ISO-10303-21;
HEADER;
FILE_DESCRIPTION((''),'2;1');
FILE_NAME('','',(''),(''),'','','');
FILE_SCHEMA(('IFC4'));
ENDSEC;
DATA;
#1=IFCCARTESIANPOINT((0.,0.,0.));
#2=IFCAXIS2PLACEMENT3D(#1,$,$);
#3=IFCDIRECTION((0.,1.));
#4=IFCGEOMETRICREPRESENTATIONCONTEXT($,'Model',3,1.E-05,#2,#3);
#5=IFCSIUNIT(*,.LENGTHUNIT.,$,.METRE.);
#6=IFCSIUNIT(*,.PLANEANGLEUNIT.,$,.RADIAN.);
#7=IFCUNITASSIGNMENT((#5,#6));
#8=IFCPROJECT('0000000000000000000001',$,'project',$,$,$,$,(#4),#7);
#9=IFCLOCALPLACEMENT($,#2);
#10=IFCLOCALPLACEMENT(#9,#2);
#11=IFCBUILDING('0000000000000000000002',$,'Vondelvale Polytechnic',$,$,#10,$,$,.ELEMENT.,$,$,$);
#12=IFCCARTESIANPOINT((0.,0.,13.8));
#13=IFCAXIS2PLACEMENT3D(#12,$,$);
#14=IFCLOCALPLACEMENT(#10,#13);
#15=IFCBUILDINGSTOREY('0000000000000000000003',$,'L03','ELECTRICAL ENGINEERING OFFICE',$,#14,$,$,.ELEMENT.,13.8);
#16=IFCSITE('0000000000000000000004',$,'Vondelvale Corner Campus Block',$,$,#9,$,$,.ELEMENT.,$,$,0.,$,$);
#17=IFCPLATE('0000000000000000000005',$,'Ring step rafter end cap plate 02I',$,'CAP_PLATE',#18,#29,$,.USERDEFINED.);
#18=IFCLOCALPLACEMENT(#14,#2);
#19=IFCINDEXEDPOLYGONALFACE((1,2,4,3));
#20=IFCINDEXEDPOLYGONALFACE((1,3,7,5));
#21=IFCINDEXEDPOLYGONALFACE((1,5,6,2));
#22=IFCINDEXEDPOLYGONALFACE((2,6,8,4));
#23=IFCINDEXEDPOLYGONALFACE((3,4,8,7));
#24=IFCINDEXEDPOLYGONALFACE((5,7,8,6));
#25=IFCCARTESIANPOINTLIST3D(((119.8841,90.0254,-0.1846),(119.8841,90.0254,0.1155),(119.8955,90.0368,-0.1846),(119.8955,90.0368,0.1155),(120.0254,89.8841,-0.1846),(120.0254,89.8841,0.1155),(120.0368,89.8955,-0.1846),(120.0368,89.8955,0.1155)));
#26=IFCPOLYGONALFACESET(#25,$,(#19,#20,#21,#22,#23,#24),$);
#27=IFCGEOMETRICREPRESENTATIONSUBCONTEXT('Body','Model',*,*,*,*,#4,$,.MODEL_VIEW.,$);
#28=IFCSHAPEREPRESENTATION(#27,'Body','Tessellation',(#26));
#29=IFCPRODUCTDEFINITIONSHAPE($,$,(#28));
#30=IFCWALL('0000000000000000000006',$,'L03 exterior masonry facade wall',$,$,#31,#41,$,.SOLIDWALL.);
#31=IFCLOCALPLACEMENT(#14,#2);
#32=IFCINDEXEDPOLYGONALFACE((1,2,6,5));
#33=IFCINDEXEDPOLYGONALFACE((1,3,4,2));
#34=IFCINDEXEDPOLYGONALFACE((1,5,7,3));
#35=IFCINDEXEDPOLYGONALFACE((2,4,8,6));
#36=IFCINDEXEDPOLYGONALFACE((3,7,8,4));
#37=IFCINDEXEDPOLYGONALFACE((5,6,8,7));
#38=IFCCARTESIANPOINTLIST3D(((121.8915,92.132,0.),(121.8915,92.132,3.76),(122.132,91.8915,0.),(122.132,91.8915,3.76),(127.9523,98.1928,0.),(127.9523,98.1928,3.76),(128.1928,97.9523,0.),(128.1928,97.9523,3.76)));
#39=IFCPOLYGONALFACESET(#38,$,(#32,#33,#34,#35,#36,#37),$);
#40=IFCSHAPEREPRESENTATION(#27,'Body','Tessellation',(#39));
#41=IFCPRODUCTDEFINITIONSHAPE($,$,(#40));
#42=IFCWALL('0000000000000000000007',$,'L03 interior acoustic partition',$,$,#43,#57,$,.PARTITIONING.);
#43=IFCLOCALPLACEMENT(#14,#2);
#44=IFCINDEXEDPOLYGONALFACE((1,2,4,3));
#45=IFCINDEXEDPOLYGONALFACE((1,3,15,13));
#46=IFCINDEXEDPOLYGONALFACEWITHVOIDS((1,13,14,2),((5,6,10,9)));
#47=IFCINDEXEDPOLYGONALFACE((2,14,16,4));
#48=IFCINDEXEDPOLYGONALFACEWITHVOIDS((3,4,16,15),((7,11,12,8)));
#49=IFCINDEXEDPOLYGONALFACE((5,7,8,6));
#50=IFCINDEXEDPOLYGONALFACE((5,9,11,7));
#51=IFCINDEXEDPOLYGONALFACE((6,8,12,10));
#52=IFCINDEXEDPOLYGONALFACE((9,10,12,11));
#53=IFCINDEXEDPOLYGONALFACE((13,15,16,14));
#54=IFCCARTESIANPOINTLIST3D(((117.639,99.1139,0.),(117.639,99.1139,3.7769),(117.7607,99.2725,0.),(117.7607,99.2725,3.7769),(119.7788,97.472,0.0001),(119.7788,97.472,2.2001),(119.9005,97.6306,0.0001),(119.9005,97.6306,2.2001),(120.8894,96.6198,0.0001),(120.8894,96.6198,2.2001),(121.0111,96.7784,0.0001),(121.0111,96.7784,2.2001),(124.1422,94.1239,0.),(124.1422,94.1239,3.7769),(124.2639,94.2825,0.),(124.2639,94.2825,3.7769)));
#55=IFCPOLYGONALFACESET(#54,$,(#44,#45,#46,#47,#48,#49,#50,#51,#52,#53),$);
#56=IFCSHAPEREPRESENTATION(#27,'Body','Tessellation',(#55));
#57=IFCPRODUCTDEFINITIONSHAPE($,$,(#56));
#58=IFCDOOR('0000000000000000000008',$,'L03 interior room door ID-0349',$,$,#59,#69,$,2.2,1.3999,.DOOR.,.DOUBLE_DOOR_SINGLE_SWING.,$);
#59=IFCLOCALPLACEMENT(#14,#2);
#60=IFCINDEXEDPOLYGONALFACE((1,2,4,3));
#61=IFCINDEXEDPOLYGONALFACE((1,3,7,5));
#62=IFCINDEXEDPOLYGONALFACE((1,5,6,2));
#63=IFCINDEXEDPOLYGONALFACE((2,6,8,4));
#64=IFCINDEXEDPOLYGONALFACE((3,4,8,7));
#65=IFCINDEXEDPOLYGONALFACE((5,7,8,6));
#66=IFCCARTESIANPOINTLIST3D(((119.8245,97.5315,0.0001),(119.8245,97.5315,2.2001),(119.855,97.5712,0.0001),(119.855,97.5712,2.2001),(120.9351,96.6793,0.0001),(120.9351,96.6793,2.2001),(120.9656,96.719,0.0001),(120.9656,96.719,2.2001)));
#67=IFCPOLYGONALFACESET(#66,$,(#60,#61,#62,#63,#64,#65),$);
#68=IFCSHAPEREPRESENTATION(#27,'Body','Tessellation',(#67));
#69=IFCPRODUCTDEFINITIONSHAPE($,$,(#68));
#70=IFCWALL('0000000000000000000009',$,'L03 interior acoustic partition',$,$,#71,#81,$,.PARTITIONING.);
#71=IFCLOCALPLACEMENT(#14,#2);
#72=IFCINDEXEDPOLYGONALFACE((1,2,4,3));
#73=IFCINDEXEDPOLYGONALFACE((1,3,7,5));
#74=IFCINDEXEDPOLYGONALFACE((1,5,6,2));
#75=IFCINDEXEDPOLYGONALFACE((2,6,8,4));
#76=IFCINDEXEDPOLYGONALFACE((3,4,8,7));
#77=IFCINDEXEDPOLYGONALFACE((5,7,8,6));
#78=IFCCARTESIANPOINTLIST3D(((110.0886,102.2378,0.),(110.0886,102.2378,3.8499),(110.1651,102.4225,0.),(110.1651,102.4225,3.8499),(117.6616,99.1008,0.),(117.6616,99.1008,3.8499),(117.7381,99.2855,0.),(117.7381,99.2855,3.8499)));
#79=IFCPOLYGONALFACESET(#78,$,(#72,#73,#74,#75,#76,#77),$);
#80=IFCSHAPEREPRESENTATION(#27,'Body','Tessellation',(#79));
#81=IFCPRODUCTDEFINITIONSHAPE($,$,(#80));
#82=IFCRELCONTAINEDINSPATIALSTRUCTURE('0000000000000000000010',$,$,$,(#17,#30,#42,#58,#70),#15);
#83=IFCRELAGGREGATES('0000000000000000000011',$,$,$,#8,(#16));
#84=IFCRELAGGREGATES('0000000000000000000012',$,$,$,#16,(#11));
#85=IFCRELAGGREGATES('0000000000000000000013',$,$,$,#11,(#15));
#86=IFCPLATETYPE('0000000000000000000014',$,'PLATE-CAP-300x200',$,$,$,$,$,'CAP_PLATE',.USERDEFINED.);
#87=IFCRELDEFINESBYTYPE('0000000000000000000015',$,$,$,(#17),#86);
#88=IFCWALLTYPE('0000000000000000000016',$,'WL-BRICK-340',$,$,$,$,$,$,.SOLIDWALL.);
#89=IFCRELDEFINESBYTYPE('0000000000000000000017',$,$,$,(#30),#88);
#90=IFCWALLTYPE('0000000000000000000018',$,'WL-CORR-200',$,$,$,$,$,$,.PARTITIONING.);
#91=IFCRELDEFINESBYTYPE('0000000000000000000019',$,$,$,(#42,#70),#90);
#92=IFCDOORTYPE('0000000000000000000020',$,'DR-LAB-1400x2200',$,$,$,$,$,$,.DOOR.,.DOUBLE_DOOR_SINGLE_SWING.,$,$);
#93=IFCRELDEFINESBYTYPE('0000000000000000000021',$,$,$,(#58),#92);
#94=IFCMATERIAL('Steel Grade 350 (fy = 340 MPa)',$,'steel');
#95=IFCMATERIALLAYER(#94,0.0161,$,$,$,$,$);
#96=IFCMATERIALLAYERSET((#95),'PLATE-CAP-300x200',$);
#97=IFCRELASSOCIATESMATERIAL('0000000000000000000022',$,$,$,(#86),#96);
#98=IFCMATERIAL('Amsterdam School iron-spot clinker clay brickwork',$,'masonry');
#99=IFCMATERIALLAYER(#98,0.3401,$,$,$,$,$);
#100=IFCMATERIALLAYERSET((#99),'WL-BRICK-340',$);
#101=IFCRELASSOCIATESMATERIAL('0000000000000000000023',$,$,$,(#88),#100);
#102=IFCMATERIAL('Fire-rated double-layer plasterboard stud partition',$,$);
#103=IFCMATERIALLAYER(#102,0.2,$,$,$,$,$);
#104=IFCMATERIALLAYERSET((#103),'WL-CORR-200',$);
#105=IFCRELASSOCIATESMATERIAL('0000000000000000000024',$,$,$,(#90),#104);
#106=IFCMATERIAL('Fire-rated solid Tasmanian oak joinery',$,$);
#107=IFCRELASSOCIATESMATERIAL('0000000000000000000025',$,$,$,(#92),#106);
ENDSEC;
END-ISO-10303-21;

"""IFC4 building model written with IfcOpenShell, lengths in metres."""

from ifc_helpers import new_model, si_unit, direction, frame, frame_2d, origin, origin_2d, place, context, subcontext, project, spatial, rectangle, extrude, material, layer, layer_set, type_object, element, fill, save


model = new_model("IFC4")

# Units and contexts
model_context = context("Model", 3, precision=1e-05, world=origin(), true_north=direction((0.0, 1.0)))
body_context = subcontext(model_context, "Body", "Model", "MODEL_VIEW")
ifc_project = project(units=[si_unit("LENGTHUNIT", "METRE"), si_unit("PLANEANGLEUNIT", "RADIAN")], contexts=[model_context])

# Site, building, storey
site_placement = place(None, origin())
site = spatial("IfcSite", under=ifc_project, at=site_placement, Name="Vondelvale Corner Campus Block", CompositionType="ELEMENT", RefElevation=0.0)
building_placement = place(site_placement, origin())
building = spatial("IfcBuilding", under=site, at=building_placement, Name="Vondelvale Polytechnic", CompositionType="ELEMENT")
storey_placement = place(building_placement, frame((0.0, 0.0, 13.8)))
storey = spatial("IfcBuildingStorey", under=building, at=storey_placement, Name="L03", Description="ELECTRICAL ENGINEERING OFFICE", CompositionType="ELEMENT", Elevation=13.8)

# Plate
ifc_material_1 = material(Name="Steel Grade 350 (fy = 340 MPa)", Category="steel")
ifc_layer_1 = layer(ifc_material_1, 0.0161)
ifc_layer_set_1 = layer_set([ifc_layer_1], Name="PLATE-CAP-300x200")
plate_type_1 = type_object("IfcPlateType", Name="PLATE-CAP-300x200", ElementType="CAP_PLATE", PredefinedType="USERDEFINED", material=ifc_layer_set_1)
plate_1_placement = place(storey_placement, frame((119.9604, 89.9604, -0.1846), z_axis=(0.0, 0.0, 1.0), x_axis=(-0.707107, -0.707107, 0.0)))
element("IfcPlate", 1, at=plate_1_placement, inside=storey, type_object=plate_type_1, Name="Ring step rafter end cap plate 02I", ObjectType="CAP_PLATE", PredefinedType="USERDEFINED", context=body_context, shape_type="SweptSolid", body=[
    extrude(rectangle(XDim=0.0161, YDim=0.2, at=origin_2d()), origin(), (0.0, 0.0, 1.0), 0.3),
])

# Wall
ifc_material_2 = material(Name="Amsterdam School iron-spot clinker clay brickwork", Category="masonry")
ifc_layer_2 = layer(ifc_material_2, 0.3401)
ifc_layer_set_2 = layer_set([ifc_layer_2], Name="WL-BRICK-340")
wall_type_1 = type_object("IfcWallType", Name="WL-BRICK-340", PredefinedType="SOLIDWALL", material=ifc_layer_set_2)
wall_1_placement = place(storey_placement, frame((122.0117, 92.0117, 0.0), z_axis=(0.0, 0.0, 1.0), x_axis=(0.707107, 0.707107, 0.0)))
element("IfcWall", 2, at=wall_1_placement, inside=storey, type_object=wall_type_1, Name="L03 exterior masonry facade wall", PredefinedType="SOLIDWALL", context=body_context, shape_type="SweptSolid", body=[
    extrude(rectangle(XDim=8.5713, YDim=0.3401, at=frame_2d((4.2856, 0.0))), origin(), (0.0, 0.0, 1.0), 3.76),
])

# Wall, opening, door
ifc_material_3 = material(Name="Fire-rated double-layer plasterboard stud partition")
ifc_layer_3 = layer(ifc_material_3, 0.2)
ifc_layer_set_3 = layer_set([ifc_layer_3], Name="WL-CORR-200")
wall_type_2 = type_object("IfcWallType", Name="WL-CORR-200", PredefinedType="PARTITIONING", material=ifc_layer_set_3)
wall_2_placement = place(storey_placement, frame((124.2031, 94.2031, 0.0), z_axis=(0.0, 0.0, 1.0), x_axis=(-0.793357, 0.608756, 0.0)))
wall_2 = element("IfcWall", 3, at=wall_2_placement, inside=storey, type_object=wall_type_2, Name="L03 interior acoustic partition", PredefinedType="PARTITIONING", context=body_context, shape_type="SweptSolid", body=[
    extrude(rectangle(XDim=8.197, YDim=0.2, at=frame_2d((4.0986, 0.0))), origin(), (0.0, 0.0, 1.0), 3.7769),
])
opening_placement = place(wall_2_placement, frame((4.1001, 0.0, 0.0)))
opening = element("IfcOpeningElement", 4, at=opening_placement, cuts=wall_2, PredefinedType="OPENING", context=body_context, shape_type="SweptSolid", body=[
    extrude(rectangle(XDim=1.3999, YDim=2.2, at=frame_2d((0.7, 1.1001))), frame((0.0, 0.1099, 0.0), z_axis=(0.0, -1.0, 0.0), x_axis=(1.0, 0.0, 0.0)), (0.0, 0.0, 1.0), 0.22),
])
ifc_material_4 = material(Name="Fire-rated solid Tasmanian oak joinery")
door_type = type_object("IfcDoorType", Name="DR-LAB-1400x2200", OperationType="DOUBLE_DOOR_SINGLE_SWING", PredefinedType="DOOR", material=ifc_material_4)
door_placement = place(opening_placement, origin())
door = element("IfcDoor", 5, at=door_placement, inside=storey, type_object=door_type, Name="L03 interior room door ID-0349", OperationType="DOUBLE_DOOR_SINGLE_SWING", OverallHeight=2.2, OverallWidth=1.3999, PredefinedType="DOOR", context=body_context, shape_type="SweptSolid", body=[
    extrude(rectangle(XDim=1.3999, YDim=2.2, at=frame_2d((0.7, 1.1001))), frame((0.0, 0.0249, 0.0), z_axis=(0.0, -1.0, 0.0), x_axis=(1.0, 0.0, 0.0)), (0.0, 0.0, 1.0), 0.05),
])
fill(opening, door)

# Wall
wall_3_placement = place(storey_placement, frame((117.7, 99.1931, 0.0), z_axis=(0.0, 0.0, 1.0), x_axis=(-0.923874, 0.382696, 0.0)))
element("IfcWall", 6, at=wall_3_placement, inside=storey, type_object=wall_type_2, Name="L03 interior acoustic partition", PredefinedType="PARTITIONING", context=body_context, shape_type="SweptSolid", body=[
    extrude(rectangle(XDim=8.197, YDim=0.2, at=frame_2d((4.0986, 0.0))), origin(), (0.0, 0.0, 1.0), 3.8499),
])

save(model, "model.ifc")
